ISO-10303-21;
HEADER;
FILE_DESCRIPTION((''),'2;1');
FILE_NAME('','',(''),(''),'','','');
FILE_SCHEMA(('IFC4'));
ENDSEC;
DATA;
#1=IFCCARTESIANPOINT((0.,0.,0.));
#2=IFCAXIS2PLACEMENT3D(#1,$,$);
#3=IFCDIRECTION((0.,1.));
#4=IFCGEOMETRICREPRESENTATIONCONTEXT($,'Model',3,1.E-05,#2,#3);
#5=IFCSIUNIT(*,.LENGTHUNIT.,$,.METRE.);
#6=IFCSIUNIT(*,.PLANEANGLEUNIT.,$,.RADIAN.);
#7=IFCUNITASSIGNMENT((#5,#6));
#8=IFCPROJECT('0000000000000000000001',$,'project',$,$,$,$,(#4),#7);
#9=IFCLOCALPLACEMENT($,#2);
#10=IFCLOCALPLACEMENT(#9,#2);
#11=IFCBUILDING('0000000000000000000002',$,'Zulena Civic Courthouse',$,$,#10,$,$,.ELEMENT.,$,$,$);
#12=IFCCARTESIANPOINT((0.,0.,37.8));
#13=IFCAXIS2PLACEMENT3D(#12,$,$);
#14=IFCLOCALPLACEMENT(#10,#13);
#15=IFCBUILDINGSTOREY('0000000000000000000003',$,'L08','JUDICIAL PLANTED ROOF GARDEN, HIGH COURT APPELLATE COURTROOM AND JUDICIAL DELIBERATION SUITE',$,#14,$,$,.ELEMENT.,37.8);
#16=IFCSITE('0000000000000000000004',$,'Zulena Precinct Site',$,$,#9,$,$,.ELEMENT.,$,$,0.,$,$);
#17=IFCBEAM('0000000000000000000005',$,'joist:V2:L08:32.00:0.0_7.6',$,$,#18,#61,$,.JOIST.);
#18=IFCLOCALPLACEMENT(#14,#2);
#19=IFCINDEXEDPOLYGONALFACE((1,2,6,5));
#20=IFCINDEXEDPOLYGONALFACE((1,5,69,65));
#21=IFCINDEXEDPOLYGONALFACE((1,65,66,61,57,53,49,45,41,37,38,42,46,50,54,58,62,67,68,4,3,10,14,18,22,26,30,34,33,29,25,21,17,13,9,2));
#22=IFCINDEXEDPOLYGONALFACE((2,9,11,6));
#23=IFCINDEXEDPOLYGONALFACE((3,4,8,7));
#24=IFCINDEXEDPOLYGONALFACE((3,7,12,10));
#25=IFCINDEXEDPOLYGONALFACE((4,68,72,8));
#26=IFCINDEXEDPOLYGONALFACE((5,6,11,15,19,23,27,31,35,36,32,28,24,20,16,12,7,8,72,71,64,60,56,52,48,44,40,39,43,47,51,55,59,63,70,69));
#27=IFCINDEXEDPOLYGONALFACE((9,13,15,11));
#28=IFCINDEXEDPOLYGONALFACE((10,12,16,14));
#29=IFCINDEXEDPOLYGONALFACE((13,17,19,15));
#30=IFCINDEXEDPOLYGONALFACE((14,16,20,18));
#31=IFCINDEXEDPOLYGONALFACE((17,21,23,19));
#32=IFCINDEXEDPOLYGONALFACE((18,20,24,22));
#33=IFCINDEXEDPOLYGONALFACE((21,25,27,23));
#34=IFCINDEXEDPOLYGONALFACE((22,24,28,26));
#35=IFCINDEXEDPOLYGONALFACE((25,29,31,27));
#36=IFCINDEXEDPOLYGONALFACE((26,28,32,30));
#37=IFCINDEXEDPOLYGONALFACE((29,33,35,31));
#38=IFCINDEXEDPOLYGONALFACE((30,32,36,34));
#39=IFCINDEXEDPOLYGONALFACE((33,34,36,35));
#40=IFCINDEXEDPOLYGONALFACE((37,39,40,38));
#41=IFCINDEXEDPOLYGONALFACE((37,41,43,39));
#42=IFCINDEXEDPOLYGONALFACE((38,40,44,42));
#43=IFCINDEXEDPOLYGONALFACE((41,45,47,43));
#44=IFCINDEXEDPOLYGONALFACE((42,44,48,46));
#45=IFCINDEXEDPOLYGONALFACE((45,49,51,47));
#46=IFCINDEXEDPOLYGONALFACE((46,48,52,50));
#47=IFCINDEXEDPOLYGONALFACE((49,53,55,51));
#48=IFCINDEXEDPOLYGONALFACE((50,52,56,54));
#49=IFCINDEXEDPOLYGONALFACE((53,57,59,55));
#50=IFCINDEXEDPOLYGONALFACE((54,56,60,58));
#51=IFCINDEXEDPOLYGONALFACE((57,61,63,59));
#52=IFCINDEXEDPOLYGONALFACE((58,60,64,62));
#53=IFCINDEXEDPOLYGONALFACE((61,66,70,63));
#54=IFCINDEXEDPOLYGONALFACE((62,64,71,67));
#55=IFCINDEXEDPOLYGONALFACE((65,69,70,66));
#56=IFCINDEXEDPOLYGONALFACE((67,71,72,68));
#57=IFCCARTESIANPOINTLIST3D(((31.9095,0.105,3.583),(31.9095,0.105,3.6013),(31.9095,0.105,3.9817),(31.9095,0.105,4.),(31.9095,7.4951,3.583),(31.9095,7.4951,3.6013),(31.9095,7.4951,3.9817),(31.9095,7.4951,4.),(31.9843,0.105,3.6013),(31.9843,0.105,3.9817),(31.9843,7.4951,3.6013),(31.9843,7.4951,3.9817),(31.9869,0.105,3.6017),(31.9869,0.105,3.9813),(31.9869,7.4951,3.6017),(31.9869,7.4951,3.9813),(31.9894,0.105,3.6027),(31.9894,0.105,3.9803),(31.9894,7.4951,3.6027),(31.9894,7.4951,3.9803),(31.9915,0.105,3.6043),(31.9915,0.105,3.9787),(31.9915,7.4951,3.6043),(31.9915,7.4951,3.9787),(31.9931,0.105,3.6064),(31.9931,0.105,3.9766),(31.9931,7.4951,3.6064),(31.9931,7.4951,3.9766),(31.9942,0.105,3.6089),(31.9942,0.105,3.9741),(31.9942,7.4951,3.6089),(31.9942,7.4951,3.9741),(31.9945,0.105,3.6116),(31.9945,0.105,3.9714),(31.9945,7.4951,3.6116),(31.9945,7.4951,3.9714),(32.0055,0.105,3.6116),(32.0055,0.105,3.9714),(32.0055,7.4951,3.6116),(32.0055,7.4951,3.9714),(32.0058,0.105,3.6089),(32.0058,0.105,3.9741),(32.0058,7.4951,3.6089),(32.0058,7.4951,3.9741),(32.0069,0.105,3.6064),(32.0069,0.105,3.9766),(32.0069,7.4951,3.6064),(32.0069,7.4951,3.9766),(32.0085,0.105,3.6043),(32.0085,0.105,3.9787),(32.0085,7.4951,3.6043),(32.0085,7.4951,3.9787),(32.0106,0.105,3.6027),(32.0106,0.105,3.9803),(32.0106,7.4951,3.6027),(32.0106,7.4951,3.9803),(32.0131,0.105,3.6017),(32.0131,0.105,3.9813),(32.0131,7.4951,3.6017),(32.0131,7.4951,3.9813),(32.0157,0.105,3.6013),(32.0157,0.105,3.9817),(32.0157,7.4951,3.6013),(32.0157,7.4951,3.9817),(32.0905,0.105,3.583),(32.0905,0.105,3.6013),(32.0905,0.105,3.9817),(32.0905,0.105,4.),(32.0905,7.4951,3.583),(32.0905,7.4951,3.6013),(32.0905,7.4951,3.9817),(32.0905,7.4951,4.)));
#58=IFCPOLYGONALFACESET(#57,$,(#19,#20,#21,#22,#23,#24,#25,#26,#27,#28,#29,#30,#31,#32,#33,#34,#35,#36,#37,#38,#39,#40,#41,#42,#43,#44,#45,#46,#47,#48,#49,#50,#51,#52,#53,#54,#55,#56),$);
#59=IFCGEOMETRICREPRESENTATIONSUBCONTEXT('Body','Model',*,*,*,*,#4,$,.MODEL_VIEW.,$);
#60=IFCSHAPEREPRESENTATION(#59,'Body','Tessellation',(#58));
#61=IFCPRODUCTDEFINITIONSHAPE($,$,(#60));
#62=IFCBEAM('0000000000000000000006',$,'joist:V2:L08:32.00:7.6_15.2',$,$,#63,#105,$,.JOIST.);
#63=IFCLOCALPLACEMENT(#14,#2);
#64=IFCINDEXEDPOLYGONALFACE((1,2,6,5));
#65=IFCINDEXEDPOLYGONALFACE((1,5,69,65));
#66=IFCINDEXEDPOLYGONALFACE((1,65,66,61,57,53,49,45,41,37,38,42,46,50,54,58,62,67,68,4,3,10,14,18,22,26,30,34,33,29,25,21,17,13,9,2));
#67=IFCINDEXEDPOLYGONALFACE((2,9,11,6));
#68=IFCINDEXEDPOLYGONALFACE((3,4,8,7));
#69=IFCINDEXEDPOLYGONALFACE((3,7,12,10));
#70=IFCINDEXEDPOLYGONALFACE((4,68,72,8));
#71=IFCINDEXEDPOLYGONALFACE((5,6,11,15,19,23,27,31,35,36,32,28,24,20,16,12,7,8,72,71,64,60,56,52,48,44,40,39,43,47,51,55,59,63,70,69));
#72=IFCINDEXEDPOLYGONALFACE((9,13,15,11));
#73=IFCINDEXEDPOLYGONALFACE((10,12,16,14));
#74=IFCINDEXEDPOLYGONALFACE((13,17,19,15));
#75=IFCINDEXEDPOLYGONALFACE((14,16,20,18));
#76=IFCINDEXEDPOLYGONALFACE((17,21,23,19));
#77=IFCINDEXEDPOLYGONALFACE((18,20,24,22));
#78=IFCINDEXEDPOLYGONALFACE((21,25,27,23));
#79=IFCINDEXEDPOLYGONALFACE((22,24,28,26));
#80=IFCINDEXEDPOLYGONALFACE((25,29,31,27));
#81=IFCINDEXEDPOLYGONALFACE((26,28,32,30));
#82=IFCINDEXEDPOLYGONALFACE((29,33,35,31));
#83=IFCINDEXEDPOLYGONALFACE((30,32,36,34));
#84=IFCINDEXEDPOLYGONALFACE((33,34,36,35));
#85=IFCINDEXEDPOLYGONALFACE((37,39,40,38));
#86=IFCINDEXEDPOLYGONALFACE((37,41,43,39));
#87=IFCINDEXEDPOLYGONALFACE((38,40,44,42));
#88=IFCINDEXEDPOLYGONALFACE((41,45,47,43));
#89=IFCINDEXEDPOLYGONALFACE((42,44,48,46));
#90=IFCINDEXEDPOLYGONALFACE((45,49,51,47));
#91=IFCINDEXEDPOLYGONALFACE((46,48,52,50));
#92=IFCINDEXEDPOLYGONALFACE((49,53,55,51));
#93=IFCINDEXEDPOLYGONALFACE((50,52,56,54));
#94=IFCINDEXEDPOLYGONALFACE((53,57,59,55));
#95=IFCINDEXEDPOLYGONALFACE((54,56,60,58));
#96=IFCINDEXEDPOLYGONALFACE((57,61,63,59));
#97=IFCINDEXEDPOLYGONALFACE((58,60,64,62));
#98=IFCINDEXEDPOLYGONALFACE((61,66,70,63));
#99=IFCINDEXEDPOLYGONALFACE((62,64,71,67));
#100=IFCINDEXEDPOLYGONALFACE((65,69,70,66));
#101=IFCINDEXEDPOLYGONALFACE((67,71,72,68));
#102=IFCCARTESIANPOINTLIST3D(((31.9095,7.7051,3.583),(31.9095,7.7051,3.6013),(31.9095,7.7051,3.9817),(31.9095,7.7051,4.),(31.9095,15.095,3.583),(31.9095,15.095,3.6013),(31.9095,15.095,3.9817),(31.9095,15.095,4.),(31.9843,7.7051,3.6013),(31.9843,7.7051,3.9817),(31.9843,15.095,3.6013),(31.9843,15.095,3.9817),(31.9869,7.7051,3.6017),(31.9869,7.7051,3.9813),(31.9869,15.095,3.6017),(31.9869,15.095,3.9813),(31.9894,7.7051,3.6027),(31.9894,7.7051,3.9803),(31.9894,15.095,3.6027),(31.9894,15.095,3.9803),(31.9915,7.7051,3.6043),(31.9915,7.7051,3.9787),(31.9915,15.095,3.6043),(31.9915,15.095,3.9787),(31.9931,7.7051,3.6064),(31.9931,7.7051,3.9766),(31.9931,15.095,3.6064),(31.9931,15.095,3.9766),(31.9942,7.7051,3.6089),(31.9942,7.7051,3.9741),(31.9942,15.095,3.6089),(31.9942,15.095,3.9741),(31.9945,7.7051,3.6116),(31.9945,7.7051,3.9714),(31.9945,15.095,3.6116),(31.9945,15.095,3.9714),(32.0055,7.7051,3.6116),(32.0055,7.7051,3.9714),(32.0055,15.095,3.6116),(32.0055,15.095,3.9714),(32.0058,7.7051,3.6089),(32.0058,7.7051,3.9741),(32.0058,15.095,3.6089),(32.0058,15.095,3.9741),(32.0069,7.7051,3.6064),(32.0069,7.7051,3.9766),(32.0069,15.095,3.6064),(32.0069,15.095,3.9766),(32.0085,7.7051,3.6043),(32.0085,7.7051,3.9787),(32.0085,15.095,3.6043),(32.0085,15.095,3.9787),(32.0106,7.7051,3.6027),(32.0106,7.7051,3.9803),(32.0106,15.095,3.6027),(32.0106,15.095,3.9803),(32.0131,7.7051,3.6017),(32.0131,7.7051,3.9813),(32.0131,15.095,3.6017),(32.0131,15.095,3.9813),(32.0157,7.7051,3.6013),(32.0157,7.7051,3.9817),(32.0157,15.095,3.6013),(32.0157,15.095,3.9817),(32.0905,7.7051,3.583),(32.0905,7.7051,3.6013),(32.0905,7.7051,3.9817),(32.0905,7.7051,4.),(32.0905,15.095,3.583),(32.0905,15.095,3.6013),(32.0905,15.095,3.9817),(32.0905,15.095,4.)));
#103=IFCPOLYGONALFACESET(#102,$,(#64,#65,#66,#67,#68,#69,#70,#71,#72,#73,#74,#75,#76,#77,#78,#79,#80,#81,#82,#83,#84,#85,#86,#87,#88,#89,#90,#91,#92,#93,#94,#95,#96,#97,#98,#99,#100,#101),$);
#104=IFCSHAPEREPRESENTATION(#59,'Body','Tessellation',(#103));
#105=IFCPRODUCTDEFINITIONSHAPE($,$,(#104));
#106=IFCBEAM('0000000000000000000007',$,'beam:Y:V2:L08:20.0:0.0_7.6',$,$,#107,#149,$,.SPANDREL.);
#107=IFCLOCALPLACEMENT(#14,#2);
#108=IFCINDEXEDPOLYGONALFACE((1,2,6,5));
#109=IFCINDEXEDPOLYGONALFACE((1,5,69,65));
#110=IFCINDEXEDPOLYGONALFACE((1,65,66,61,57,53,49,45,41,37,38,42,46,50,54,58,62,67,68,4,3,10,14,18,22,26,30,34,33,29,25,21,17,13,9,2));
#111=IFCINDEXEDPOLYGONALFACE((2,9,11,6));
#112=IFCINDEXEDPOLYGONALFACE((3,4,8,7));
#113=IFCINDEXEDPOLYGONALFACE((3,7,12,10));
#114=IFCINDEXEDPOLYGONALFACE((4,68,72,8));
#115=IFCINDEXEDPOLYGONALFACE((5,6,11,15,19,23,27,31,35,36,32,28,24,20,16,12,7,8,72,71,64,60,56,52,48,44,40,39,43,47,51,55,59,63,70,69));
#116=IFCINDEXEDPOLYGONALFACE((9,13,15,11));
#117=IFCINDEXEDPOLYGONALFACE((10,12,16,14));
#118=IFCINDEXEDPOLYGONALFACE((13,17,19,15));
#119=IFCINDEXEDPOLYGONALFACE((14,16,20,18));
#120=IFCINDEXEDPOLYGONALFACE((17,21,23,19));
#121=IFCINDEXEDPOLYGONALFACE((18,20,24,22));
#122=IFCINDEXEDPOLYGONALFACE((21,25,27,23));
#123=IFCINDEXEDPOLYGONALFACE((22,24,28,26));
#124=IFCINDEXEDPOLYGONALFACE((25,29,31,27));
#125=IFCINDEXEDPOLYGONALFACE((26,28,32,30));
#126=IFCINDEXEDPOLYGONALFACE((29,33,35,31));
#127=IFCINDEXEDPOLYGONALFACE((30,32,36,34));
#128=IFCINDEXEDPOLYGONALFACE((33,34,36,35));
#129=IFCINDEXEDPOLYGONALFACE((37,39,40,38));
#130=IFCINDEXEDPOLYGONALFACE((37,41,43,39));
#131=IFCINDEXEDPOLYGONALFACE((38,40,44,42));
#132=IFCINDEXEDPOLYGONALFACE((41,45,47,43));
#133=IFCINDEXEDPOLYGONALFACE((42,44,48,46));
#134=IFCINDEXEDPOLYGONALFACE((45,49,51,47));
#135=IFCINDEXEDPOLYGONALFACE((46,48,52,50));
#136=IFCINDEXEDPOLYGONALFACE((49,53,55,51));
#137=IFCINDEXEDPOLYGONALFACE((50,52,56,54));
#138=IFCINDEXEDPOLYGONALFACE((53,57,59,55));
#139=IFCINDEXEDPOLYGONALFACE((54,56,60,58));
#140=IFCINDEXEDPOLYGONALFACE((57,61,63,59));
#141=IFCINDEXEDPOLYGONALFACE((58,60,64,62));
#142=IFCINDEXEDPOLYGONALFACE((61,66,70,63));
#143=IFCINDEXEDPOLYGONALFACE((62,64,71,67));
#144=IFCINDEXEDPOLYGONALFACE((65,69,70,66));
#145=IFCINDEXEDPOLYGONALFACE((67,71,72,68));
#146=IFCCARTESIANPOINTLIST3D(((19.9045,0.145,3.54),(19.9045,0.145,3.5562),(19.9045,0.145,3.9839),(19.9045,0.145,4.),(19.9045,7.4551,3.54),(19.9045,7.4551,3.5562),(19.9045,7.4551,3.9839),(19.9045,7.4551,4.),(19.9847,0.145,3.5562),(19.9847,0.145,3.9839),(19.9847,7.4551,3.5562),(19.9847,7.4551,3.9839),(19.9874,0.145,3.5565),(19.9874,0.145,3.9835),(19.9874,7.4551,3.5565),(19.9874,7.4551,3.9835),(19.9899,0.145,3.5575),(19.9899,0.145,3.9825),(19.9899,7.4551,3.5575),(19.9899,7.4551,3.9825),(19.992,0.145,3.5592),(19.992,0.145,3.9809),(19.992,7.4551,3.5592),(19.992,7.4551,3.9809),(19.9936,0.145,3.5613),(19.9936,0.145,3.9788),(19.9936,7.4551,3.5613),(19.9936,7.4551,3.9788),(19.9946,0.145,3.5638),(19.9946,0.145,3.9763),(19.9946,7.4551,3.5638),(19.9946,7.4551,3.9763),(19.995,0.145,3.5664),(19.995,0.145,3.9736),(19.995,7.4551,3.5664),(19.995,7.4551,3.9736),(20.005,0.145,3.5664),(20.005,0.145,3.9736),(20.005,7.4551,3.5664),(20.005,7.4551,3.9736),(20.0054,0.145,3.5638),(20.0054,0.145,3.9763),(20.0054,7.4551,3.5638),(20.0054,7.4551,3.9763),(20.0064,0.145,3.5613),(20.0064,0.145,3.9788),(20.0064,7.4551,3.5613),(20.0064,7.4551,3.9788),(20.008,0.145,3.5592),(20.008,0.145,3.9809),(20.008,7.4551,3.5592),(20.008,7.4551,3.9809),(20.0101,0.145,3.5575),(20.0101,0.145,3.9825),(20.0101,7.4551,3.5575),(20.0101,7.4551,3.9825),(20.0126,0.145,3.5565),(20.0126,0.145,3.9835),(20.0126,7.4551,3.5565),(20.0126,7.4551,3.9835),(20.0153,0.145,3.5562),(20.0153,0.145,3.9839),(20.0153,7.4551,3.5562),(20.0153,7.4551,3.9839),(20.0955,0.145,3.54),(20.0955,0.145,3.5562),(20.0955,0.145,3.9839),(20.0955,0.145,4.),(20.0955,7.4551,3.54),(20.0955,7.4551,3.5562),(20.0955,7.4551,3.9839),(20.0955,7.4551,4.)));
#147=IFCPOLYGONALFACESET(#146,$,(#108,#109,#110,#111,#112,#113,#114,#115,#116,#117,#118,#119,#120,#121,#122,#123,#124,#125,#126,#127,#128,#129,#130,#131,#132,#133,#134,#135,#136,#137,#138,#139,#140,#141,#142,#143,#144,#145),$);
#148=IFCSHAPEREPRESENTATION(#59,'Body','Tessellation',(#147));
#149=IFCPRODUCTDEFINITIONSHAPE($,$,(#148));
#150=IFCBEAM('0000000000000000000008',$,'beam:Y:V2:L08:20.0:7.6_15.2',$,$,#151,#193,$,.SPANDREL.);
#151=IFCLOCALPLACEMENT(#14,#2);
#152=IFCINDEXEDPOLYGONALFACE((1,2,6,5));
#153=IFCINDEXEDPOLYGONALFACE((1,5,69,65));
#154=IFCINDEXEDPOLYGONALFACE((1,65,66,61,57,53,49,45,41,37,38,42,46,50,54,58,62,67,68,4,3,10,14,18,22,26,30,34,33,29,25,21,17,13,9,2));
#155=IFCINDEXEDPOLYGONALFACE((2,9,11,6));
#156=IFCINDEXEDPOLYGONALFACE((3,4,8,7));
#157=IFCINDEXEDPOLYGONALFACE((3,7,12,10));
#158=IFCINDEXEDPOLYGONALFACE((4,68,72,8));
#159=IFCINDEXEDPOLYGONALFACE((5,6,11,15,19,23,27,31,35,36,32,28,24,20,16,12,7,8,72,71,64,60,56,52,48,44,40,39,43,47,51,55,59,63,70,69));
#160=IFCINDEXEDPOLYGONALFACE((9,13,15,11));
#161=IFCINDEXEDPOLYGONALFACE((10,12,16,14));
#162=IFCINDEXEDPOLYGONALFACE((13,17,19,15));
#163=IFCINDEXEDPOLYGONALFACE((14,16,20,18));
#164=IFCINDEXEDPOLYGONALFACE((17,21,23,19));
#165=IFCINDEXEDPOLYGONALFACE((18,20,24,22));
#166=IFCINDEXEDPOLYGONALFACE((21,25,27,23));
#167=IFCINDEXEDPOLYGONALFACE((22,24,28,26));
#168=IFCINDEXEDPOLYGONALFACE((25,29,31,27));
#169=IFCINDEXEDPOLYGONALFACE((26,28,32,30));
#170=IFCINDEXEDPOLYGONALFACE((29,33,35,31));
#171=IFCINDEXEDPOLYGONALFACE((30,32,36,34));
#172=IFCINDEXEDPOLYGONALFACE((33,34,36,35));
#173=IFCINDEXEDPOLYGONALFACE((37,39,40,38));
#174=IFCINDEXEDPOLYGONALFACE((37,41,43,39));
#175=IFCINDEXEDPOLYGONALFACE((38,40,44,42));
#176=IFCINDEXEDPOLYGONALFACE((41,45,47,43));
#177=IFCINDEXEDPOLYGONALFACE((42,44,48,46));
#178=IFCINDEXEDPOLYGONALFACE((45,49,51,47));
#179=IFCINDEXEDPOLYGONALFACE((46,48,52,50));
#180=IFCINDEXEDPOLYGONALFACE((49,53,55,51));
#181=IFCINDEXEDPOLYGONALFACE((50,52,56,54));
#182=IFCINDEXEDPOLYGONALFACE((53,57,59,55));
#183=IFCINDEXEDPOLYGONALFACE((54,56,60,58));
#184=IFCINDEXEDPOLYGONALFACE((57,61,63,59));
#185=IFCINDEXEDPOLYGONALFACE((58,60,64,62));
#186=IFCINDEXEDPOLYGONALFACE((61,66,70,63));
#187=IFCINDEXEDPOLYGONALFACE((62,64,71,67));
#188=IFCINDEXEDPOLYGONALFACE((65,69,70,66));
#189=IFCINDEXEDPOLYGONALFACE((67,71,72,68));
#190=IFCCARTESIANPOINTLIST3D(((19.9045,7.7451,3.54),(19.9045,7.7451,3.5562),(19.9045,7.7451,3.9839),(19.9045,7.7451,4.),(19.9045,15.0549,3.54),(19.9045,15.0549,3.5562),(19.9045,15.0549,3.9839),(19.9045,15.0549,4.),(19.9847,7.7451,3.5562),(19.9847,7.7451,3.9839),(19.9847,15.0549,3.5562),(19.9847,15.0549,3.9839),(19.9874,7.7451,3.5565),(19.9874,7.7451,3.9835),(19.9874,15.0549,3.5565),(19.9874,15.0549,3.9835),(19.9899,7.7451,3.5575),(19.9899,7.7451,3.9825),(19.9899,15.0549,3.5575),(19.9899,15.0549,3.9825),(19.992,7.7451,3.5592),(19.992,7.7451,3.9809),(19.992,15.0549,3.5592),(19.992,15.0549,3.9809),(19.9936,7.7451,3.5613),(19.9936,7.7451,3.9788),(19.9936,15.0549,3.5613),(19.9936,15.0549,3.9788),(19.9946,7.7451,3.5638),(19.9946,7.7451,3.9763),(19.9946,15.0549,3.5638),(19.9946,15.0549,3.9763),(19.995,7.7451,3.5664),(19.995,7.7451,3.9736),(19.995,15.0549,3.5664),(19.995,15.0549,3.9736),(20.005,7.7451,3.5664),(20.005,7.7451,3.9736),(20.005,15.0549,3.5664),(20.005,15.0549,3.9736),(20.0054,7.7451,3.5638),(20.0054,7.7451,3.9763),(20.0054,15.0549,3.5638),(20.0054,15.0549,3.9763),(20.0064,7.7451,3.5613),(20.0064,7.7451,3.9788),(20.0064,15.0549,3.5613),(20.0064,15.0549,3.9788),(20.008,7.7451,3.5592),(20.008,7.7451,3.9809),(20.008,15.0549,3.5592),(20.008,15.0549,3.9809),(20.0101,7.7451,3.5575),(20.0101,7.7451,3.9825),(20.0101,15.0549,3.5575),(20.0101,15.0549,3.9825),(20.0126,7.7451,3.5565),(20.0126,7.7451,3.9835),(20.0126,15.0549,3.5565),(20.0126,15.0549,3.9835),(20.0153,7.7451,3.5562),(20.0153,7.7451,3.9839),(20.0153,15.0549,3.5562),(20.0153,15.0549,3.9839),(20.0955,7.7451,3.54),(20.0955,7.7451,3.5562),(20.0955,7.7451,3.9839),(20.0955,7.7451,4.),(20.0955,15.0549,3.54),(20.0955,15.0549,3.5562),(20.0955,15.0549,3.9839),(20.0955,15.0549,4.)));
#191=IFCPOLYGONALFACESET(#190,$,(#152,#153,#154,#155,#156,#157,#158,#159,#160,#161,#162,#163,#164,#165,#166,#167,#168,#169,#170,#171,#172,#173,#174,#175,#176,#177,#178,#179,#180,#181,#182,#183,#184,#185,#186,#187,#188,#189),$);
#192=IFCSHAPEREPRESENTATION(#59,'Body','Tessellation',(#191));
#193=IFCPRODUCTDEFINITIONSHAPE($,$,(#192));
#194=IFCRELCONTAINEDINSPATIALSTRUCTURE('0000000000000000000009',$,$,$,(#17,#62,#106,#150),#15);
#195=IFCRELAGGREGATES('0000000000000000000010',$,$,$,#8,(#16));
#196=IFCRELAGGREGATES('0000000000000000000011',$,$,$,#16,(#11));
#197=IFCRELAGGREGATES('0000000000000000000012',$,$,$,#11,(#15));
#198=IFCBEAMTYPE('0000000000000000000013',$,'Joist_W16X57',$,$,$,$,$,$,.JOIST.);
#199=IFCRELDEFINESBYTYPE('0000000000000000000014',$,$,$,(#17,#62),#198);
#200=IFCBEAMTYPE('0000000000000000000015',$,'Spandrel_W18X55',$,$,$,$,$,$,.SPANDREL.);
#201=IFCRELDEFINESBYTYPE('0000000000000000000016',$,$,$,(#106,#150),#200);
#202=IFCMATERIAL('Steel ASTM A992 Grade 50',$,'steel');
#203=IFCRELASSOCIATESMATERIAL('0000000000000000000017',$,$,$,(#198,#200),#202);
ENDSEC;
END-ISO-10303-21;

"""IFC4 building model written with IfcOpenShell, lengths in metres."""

from ifc_helpers import new_model, si_unit, direction, frame, origin, origin_2d, place, context, subcontext, project, spatial, i_section, extrude, material, material_profile, profile_set, type_object, element, save


model = new_model("IFC4")

# Units and contexts
model_context = context("Model", 3, precision=1e-05, world=origin(), true_north=direction((0.0, 1.0)))
body_context = subcontext(model_context, "Body", "Model", "MODEL_VIEW")
ifc_project = project(units=[si_unit("LENGTHUNIT", "METRE"), si_unit("PLANEANGLEUNIT", "RADIAN")], contexts=[model_context])

# Site, building, storey
site_placement = place(None, origin())
site = spatial("IfcSite", under=ifc_project, at=site_placement, Name="Zulena Precinct Site", CompositionType="ELEMENT", RefElevation=0.0)
building_placement = place(site_placement, origin())
building = spatial("IfcBuilding", under=site, at=building_placement, Name="Zulena Civic Courthouse", CompositionType="ELEMENT")
storey_placement = place(building_placement, frame((0.0, 0.0, 37.8)))
storey = spatial("IfcBuildingStorey", under=building, at=storey_placement, Name="L08", Description="JUDICIAL PLANTED ROOF GARDEN, HIGH COURT APPELLATE COURTROOM AND JUDICIAL DELIBERATION SUITE", CompositionType="ELEMENT", Elevation=37.8)

# Shared definitions
ifc_material_1 = material(Name="Steel ASTM A992 Grade 50", Category="steel")

# Beams
ifc_material_profile_1 = material_profile(ifc_material_1, i_section(OverallWidth=0.1809, OverallDepth=0.417, WebThickness=0.011, FlangeThickness=0.0183, FilletRadius=0.0103, at=origin_2d()), Name="W16X57")
ifc_profile_set_1 = profile_set([ifc_material_profile_1], Name="Steel ASTM A992 Grade 50")
beam_type_1 = type_object("IfcBeamType", Name="Joist_W16X57", PredefinedType="JOIST", material=ifc_profile_set_1)
beam_1_placement = place(storey_placement, frame((32.0, 0.105, 3.7915), z_axis=(0.0, 1.0, 0.0), x_axis=(-1.0, 0.0, 0.0)))
element("IfcBeam", 1, at=beam_1_placement, inside=storey, type_object=beam_type_1, Name="joist:V2:L08:32.00:0.0_7.6", PredefinedType="JOIST", context=body_context, shape_type="SweptSolid", body=[
    extrude(i_section(OverallWidth=0.1809, OverallDepth=0.417, WebThickness=0.011, FlangeThickness=0.0183, FilletRadius=0.0103, at=origin_2d()), origin(), (0.0, 0.0, 1.0), 7.3901),
])
beam_2_placement = place(storey_placement, frame((32.0, 7.7051, 3.7915), z_axis=(0.0, 1.0, 0.0), x_axis=(-1.0, 0.0, 0.0)))
element("IfcBeam", 2, at=beam_2_placement, inside=storey, type_object=beam_type_1, Name="joist:V2:L08:32.00:7.6_15.2", PredefinedType="JOIST", context=body_context, shape_type="SweptSolid", body=[
    extrude(i_section(OverallWidth=0.1809, OverallDepth=0.417, WebThickness=0.011, FlangeThickness=0.0183, FilletRadius=0.0103, at=origin_2d()), origin(), (0.0, 0.0, 1.0), 7.3899),
])
ifc_material_profile_2 = material_profile(ifc_material_1, i_section(OverallWidth=0.1909, OverallDepth=0.46, WebThickness=0.01, FlangeThickness=0.0161, FilletRadius=0.0103, at=origin_2d()), Name="W18X55")
ifc_profile_set_2 = profile_set([ifc_material_profile_2], Name="Steel ASTM A992 Grade 50")
beam_type_2 = type_object("IfcBeamType", Name="Spandrel_W18X55", PredefinedType="SPANDREL", material=ifc_profile_set_2)
beam_3_placement = place(storey_placement, frame((20.0, 0.145, 3.77), z_axis=(0.0, 1.0, 0.0), x_axis=(-1.0, 0.0, 0.0)))
element("IfcBeam", 3, at=beam_3_placement, inside=storey, type_object=beam_type_2, Name="beam:Y:V2:L08:20.0:0.0_7.6", PredefinedType="SPANDREL", context=body_context, shape_type="SweptSolid", body=[
    extrude(i_section(OverallWidth=0.1909, OverallDepth=0.46, WebThickness=0.01, FlangeThickness=0.0161, FilletRadius=0.0103, at=origin_2d()), origin(), (0.0, 0.0, 1.0), 7.3101),
])
beam_4_placement = place(storey_placement, frame((20.0, 7.7451, 3.77), z_axis=(0.0, 1.0, 0.0), x_axis=(-1.0, 0.0, 0.0)))
element("IfcBeam", 4, at=beam_4_placement, inside=storey, type_object=beam_type_2, Name="beam:Y:V2:L08:20.0:7.6_15.2", PredefinedType="SPANDREL", context=body_context, shape_type="SweptSolid", body=[
    extrude(i_section(OverallWidth=0.1909, OverallDepth=0.46, WebThickness=0.01, FlangeThickness=0.0161, FilletRadius=0.0103, at=origin_2d()), origin(), (0.0, 0.0, 1.0), 7.3098),
])

save(model, "model.ifc")
